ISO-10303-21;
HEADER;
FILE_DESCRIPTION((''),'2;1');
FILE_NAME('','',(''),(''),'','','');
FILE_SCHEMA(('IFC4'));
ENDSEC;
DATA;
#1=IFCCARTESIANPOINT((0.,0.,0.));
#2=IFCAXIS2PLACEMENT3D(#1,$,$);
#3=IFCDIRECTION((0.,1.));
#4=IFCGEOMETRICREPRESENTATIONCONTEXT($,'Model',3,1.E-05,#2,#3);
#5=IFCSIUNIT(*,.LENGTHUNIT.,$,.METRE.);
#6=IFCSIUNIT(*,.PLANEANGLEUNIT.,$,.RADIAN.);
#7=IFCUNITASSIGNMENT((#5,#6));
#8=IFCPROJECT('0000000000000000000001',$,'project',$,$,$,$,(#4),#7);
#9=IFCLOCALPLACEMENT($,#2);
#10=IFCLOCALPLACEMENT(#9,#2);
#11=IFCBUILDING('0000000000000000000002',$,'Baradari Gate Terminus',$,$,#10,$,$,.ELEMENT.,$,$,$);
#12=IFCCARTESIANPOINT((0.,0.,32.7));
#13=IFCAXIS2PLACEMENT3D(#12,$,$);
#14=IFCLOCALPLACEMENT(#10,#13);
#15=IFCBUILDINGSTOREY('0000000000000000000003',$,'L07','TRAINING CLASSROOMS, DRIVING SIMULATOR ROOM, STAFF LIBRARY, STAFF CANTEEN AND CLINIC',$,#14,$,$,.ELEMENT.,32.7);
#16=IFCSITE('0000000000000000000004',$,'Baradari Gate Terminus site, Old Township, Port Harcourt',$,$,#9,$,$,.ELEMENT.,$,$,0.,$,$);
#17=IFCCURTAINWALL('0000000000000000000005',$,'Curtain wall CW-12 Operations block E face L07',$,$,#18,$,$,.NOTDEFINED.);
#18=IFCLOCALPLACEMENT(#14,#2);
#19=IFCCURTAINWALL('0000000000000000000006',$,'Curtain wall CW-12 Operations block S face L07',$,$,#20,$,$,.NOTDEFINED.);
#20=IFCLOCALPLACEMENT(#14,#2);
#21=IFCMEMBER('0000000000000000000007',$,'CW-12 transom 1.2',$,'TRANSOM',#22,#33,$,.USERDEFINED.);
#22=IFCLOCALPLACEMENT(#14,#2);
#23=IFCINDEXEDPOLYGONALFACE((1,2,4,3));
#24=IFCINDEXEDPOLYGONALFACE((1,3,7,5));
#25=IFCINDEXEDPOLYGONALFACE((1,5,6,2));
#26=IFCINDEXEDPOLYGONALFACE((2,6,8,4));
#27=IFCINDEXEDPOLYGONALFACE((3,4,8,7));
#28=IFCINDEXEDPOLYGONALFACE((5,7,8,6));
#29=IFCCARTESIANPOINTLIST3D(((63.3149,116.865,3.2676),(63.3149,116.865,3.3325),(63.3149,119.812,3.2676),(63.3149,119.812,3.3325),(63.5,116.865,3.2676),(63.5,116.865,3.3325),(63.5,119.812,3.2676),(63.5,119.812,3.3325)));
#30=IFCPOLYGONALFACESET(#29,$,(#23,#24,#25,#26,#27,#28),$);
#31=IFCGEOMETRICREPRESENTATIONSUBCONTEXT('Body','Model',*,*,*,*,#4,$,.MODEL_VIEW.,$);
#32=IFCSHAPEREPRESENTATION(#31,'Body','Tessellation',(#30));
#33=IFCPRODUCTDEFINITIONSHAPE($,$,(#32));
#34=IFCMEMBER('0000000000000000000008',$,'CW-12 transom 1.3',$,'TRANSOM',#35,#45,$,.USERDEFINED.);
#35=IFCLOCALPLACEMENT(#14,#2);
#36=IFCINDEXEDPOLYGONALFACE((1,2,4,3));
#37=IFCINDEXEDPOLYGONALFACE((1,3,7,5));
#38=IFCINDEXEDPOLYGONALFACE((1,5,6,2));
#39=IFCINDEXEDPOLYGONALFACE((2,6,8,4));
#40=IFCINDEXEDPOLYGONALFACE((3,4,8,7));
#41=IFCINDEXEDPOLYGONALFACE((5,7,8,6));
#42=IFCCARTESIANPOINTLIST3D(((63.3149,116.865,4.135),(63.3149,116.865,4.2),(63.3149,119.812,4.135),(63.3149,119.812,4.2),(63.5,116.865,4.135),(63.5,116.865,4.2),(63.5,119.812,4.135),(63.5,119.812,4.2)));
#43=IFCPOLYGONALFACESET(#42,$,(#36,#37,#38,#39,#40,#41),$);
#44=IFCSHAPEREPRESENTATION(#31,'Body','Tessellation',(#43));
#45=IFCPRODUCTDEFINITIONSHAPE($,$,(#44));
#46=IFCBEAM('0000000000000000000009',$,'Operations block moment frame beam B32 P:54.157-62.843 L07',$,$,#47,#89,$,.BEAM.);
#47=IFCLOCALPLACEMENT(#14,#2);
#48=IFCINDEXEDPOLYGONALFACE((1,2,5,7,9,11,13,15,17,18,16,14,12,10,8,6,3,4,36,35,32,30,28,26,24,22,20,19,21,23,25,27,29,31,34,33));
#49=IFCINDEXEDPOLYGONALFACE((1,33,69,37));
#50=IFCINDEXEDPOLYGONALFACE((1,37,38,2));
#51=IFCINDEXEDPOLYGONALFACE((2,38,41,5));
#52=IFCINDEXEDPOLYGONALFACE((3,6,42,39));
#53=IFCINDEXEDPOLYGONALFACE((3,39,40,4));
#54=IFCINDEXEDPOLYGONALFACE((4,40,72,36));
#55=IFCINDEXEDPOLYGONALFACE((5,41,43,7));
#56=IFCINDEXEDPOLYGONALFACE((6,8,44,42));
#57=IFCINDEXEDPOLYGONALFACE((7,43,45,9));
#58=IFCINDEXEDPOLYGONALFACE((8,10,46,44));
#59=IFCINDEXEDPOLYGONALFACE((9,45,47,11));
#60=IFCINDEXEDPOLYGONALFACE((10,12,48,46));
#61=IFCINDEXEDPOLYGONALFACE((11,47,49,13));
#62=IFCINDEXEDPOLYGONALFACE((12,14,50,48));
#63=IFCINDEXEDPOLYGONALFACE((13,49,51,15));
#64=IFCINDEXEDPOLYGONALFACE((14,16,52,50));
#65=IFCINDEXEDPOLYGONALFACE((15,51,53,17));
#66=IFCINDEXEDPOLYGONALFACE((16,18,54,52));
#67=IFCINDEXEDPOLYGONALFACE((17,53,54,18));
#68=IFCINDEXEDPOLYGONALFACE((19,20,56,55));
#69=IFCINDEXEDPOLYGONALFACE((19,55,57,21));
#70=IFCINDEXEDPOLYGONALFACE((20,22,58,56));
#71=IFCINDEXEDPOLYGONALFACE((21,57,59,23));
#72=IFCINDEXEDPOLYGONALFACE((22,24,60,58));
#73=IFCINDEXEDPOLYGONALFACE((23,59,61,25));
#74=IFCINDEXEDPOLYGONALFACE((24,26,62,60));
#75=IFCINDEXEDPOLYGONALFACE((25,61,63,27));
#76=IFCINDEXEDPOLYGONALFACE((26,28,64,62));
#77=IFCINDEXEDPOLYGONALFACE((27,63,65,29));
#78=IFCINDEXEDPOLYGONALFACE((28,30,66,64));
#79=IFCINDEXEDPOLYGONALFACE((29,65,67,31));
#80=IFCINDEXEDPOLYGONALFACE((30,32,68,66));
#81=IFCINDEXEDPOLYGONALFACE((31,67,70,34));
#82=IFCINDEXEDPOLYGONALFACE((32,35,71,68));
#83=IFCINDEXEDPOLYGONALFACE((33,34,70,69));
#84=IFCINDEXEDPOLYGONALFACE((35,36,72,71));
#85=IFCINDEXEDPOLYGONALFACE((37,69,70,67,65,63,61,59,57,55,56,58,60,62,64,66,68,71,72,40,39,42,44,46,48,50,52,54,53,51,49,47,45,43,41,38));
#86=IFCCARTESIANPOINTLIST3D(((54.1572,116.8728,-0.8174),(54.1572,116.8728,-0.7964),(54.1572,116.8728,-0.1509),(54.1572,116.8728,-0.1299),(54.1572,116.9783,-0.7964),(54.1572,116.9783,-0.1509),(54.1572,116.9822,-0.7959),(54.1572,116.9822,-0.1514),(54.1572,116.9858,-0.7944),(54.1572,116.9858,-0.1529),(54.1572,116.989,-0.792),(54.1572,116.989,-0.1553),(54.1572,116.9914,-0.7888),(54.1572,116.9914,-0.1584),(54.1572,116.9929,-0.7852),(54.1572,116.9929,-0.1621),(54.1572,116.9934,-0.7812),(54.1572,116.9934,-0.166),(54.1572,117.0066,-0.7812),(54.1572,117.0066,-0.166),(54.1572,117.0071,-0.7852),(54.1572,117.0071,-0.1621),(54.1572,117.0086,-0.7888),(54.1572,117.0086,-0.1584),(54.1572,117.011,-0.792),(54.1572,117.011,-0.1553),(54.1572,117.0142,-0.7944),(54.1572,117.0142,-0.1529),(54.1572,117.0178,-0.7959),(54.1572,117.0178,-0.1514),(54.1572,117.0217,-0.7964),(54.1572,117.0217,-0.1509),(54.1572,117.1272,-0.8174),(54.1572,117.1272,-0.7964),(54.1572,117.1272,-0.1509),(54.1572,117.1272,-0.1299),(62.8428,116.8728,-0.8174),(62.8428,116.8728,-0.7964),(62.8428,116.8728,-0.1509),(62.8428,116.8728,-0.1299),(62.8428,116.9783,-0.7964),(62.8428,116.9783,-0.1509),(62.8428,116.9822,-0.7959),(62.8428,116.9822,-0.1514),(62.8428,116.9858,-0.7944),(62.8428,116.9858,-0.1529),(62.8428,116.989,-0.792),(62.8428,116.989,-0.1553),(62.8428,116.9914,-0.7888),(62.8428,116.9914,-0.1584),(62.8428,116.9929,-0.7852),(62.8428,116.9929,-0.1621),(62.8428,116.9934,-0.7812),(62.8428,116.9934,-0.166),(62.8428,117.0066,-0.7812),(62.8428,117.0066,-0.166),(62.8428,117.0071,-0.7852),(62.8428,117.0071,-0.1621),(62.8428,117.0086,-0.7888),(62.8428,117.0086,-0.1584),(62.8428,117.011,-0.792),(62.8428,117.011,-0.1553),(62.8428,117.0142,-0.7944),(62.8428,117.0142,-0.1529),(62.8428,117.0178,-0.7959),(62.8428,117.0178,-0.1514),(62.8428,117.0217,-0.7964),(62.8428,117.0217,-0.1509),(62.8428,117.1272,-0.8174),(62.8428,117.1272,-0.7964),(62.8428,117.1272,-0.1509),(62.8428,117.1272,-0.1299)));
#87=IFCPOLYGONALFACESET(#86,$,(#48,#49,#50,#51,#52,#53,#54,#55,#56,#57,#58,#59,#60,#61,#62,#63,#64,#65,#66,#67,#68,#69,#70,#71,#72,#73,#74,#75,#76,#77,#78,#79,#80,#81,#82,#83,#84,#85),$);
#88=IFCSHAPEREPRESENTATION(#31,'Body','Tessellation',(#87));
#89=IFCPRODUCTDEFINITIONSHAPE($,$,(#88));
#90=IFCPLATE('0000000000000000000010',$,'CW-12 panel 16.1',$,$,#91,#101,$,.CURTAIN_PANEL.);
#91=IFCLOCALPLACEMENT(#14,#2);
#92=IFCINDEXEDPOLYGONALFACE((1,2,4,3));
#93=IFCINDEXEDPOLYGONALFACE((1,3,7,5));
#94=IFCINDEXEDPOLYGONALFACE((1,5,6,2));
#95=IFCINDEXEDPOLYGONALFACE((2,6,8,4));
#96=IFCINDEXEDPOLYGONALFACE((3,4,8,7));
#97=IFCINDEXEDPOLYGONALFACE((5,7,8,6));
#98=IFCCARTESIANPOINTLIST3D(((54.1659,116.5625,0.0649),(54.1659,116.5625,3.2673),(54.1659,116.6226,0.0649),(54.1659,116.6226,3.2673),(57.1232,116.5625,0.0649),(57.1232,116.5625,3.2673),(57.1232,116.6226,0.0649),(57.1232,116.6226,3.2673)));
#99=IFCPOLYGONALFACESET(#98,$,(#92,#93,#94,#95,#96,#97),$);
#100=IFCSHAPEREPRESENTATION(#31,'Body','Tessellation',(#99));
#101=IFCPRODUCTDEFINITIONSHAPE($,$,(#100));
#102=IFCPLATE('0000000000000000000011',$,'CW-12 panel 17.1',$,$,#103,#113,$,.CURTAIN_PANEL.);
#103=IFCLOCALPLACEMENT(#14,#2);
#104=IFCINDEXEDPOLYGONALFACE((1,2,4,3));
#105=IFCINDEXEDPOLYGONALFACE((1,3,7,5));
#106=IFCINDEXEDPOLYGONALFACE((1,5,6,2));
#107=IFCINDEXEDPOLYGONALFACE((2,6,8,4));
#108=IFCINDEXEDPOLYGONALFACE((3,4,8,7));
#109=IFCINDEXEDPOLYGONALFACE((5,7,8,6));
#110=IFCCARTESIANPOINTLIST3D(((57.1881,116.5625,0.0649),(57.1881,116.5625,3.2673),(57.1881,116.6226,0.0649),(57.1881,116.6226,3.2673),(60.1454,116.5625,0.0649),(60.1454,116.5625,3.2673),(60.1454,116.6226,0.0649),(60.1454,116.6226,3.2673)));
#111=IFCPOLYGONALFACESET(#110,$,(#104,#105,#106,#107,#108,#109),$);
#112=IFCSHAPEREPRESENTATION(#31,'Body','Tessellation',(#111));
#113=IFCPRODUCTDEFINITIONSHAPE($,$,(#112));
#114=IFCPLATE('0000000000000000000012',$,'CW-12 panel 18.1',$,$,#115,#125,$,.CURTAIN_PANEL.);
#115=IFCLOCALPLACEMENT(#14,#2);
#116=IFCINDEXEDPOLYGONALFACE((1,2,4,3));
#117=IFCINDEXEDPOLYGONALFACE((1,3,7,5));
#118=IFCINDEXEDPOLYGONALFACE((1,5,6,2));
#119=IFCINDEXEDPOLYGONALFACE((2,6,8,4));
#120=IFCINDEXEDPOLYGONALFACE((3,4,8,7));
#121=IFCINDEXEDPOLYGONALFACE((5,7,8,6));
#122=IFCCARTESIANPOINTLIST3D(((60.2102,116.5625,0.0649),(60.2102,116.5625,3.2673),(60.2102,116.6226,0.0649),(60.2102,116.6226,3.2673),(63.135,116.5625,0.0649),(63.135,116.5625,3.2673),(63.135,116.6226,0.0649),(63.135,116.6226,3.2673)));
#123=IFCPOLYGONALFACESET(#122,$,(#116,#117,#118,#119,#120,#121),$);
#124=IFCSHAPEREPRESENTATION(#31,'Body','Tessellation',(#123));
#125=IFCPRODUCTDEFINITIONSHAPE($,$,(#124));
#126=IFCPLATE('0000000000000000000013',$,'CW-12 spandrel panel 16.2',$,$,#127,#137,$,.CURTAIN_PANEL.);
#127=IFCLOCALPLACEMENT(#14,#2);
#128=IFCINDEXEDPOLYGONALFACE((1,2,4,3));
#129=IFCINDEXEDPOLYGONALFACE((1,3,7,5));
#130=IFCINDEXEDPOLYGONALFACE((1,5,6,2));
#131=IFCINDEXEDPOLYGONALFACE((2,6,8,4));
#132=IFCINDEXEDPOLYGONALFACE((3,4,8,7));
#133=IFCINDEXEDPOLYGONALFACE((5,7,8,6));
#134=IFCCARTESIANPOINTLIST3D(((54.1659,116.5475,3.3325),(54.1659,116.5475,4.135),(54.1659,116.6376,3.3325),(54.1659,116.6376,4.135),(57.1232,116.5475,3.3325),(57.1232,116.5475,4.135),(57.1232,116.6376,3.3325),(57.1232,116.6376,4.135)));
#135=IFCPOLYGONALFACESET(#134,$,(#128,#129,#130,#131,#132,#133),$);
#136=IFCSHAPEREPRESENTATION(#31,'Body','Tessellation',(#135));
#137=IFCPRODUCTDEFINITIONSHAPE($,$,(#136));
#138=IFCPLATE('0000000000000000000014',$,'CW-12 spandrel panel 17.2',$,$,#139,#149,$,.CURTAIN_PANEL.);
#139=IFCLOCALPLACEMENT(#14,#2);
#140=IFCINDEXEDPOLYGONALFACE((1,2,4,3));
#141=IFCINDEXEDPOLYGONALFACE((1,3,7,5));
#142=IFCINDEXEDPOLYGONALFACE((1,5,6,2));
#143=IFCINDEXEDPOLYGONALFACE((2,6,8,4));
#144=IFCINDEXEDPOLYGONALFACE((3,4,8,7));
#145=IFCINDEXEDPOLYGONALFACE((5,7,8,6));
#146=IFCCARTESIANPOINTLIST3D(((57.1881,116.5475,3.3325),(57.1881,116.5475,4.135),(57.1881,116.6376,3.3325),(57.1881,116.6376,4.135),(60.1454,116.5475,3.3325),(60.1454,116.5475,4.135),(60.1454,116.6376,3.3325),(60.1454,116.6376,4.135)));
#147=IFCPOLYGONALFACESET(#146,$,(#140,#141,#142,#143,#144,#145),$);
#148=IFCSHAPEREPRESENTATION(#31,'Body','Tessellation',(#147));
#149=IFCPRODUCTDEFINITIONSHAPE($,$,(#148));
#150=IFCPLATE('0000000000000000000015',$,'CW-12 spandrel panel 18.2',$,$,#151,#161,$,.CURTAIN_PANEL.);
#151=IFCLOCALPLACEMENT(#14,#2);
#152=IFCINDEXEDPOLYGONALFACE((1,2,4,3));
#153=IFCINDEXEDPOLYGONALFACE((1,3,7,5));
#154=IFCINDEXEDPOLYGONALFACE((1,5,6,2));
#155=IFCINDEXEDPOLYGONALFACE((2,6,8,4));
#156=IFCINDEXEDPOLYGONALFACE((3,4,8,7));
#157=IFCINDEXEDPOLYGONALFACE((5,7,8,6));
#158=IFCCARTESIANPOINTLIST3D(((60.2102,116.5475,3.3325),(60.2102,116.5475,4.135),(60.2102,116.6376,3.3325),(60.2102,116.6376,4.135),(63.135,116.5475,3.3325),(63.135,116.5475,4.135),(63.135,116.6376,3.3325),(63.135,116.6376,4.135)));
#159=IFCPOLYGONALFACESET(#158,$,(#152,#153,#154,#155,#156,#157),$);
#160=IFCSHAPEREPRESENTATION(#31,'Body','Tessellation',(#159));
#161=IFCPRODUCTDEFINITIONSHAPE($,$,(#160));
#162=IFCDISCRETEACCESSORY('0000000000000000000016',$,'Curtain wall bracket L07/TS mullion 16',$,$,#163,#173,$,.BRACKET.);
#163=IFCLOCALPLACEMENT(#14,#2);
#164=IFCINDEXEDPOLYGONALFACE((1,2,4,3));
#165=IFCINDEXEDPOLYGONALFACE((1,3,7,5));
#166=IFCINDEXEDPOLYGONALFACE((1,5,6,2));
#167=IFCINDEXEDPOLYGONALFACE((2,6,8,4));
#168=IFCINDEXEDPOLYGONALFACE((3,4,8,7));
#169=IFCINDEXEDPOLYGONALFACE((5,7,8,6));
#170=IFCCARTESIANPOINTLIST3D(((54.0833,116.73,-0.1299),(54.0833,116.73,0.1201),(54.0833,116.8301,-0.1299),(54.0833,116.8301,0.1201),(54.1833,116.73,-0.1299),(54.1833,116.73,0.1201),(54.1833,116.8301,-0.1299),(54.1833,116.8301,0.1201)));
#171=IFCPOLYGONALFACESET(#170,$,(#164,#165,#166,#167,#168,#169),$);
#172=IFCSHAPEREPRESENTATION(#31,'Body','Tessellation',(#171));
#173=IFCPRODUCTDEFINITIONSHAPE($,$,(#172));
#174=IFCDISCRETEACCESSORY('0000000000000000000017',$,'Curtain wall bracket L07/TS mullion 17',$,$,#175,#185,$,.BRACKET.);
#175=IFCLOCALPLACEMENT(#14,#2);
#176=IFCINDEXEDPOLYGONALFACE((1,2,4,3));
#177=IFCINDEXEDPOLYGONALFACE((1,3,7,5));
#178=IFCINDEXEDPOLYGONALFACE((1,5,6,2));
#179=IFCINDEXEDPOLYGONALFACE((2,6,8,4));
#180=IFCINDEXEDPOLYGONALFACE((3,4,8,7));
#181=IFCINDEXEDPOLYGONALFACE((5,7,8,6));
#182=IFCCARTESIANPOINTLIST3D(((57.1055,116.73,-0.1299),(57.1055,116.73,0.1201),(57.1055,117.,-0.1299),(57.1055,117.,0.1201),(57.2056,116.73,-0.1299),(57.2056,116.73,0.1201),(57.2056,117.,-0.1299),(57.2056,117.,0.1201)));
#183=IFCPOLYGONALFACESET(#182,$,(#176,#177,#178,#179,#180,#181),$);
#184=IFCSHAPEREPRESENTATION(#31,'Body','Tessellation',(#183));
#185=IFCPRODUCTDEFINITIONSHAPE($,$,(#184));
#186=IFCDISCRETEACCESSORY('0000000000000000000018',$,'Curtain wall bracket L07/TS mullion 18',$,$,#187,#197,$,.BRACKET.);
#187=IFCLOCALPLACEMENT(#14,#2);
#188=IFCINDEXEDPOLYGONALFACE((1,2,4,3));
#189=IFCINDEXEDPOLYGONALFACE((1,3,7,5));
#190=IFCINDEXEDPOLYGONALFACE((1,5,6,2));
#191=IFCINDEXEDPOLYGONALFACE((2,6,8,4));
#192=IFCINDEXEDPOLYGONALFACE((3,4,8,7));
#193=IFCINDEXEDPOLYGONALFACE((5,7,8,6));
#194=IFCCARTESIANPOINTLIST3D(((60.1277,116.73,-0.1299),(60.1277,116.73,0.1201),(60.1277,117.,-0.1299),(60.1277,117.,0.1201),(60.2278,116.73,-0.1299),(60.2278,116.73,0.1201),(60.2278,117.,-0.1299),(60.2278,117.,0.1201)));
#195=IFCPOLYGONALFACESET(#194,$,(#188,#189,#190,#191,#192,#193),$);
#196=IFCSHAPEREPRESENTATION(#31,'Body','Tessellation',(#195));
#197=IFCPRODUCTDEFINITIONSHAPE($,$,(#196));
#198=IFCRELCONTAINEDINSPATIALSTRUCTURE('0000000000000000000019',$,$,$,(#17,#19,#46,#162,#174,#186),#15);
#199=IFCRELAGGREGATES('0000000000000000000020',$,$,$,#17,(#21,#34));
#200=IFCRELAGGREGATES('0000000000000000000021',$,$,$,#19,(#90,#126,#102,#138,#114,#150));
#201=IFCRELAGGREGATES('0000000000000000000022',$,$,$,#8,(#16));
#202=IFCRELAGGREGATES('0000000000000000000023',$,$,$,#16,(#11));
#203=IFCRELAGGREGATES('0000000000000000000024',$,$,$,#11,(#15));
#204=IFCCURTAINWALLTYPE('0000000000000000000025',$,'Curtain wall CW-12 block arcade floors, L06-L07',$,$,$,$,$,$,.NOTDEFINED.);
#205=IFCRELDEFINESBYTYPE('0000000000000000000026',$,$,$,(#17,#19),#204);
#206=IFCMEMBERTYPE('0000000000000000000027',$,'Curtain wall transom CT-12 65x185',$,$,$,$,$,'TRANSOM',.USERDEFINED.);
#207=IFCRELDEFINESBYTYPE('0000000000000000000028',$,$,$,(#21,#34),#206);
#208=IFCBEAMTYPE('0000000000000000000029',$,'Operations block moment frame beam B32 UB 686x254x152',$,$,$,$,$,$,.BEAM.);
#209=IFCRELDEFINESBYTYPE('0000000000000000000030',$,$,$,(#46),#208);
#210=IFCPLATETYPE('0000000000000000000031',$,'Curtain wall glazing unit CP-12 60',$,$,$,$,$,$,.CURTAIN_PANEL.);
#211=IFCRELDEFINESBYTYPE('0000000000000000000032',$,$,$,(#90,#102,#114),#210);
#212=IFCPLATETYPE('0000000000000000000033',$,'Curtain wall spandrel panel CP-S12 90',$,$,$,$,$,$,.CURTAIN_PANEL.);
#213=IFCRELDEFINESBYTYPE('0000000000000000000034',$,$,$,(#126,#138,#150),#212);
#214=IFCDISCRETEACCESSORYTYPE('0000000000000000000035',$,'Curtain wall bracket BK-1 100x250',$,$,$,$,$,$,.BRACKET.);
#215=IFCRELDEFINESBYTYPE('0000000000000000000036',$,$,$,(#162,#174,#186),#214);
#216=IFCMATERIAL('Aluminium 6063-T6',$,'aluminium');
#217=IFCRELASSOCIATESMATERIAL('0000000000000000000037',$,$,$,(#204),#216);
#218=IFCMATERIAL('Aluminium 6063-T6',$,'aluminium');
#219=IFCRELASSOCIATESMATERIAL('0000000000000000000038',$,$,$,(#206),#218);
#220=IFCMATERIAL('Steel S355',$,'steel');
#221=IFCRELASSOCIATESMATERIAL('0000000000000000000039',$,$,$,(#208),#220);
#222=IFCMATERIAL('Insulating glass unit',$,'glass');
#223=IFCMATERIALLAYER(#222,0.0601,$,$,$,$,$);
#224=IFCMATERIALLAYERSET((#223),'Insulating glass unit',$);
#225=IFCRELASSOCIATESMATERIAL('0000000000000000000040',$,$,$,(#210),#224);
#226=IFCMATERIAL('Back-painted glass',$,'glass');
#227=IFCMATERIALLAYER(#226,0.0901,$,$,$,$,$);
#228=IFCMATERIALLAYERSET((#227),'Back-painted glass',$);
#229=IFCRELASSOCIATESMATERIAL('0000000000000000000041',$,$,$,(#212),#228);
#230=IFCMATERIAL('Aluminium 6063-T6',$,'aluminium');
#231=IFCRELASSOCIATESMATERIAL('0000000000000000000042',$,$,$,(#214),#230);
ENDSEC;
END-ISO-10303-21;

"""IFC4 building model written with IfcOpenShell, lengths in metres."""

from ifc_helpers import new_model, si_unit, direction, frame, origin, origin_2d, place, context, subcontext, project, spatial, rectangle, i_section, extrude, material, layer, layer_set, material_profile, profile_set, type_object, element, aggregate, save


model = new_model("IFC4")

# Units and contexts
model_context = context("Model", 3, precision=1e-05, world=origin(), true_north=direction((0.0, 1.0)))
body_context = subcontext(model_context, "Body", "Model", "MODEL_VIEW")
ifc_project = project(units=[si_unit("LENGTHUNIT", "METRE"), si_unit("PLANEANGLEUNIT", "RADIAN")], contexts=[model_context])

# Site, building, storey
site_placement = place(None, origin())
site = spatial("IfcSite", under=ifc_project, at=site_placement, Name="Baradari Gate Terminus site, Old Township, Port Harcourt", CompositionType="ELEMENT", RefElevation=0.0)
building_placement = place(site_placement, origin())
building = spatial("IfcBuilding", under=site, at=building_placement, Name="Baradari Gate Terminus", CompositionType="ELEMENT")
storey_placement = place(building_placement, frame((0.0, 0.0, 32.7)))
storey = spatial("IfcBuildingStorey", under=building, at=storey_placement, Name="L07", Description="TRAINING CLASSROOMS, DRIVING SIMULATOR ROOM, STAFF LIBRARY, STAFF CANTEEN AND CLINIC", CompositionType="ELEMENT", Elevation=32.7)

# Curtain wall
ifc_material_1 = material(Name="Aluminium 6063-T6", Category="aluminium")
curtain_wall_type = type_object("IfcCurtainWallType", Name="Curtain wall CW-12 block arcade floors, L06-L07", PredefinedType="NOTDEFINED", material=ifc_material_1)
curtain_wall_1_placement = place(storey_placement, origin())
curtain_wall_1 = element("IfcCurtainWall", 1, at=curtain_wall_1_placement, inside=storey, type_object=curtain_wall_type, Name="Curtain wall CW-12 Operations block E face L07", PredefinedType="NOTDEFINED")

# Curtain wall
curtain_wall_2_placement = place(storey_placement, origin())
curtain_wall_2 = element("IfcCurtainWall", 2, at=curtain_wall_2_placement, inside=storey, type_object=curtain_wall_type, Name="Curtain wall CW-12 Operations block S face L07", PredefinedType="NOTDEFINED")
ifc_material_2 = material(Name="Aluminium 6063-T6", Category="aluminium")
ifc_material_profile_1 = material_profile(ifc_material_2, rectangle(XDim=0.1851, YDim=0.0649, at=origin_2d()), Name="CT-12 65X185")
ifc_profile_set_1 = profile_set([ifc_material_profile_1], Name="Aluminium 6063-T6")
member_type_1 = type_object("IfcMemberType", Name="Curtain wall transom CT-12 65x185", ElementType="TRANSOM", PredefinedType="USERDEFINED", material=ifc_profile_set_1)

# Members
member_1_placement = place(storey_placement, frame((63.4075, 116.865, 3.3), z_axis=(0.0, 1.0, 0.0), x_axis=(-1.0, 0.0, 0.0)))
member_1 = element("IfcMember", 3, at=member_1_placement, type_object=member_type_1, Name="CW-12 transom 1.2", ObjectType="TRANSOM", PredefinedType="USERDEFINED", context=body_context, shape_type="SweptSolid", body=[
    extrude(rectangle(XDim=0.1851, YDim=0.0649, at=origin_2d()), origin(), (0.0, 0.0, 1.0), 2.947),
])
member_2_placement = place(storey_placement, frame((63.4075, 116.865, 4.1675), z_axis=(0.0, 1.0, 0.0), x_axis=(-1.0, 0.0, 0.0)))
member_2 = element("IfcMember", 4, at=member_2_placement, type_object=member_type_1, Name="CW-12 transom 1.3", ObjectType="TRANSOM", PredefinedType="USERDEFINED", context=body_context, shape_type="SweptSolid", body=[
    extrude(rectangle(XDim=0.1851, YDim=0.0649, at=origin_2d()), origin(), (0.0, 0.0, 1.0), 2.947),
])
aggregate(curtain_wall_1, [member_1, member_2])

# Beam
ifc_material_3 = material(Name="Steel S355", Category="steel")
ifc_material_profile_2 = material_profile(ifc_material_3, i_section(OverallWidth=0.2544, OverallDepth=0.6875, WebThickness=0.0132, FlangeThickness=0.021, FilletRadius=0.0151, at=origin_2d()), Name="UB 686x254x152")
ifc_profile_set_2 = profile_set([ifc_material_profile_2], Name="Steel S355")
beam_type = type_object("IfcBeamType", Name="Operations block moment frame beam B32 UB 686x254x152", PredefinedType="BEAM", material=ifc_profile_set_2)
beam_placement = place(storey_placement, frame((54.1572, 117.0, -0.4736), z_axis=(1.0, 0.0, 0.0), x_axis=(0.0, 1.0, 0.0)))
element("IfcBeam", 5, at=beam_placement, inside=storey, type_object=beam_type, Name="Operations block moment frame beam B32 P:54.157-62.843 L07", PredefinedType="BEAM", context=body_context, shape_type="SweptSolid", body=[
    extrude(i_section(OverallWidth=0.2544, OverallDepth=0.6875, WebThickness=0.0132, FlangeThickness=0.021, FilletRadius=0.0151, at=origin_2d()), origin(), (0.0, 0.0, 1.0), 8.6855),
])

# Plates
ifc_material_4 = material(Name="Insulating glass unit", Category="glass")
ifc_layer_1 = layer(ifc_material_4, 0.0601)
ifc_layer_set_1 = layer_set([ifc_layer_1], Name="Insulating glass unit")
plate_type_1 = type_object("IfcPlateType", Name="Curtain wall glazing unit CP-12 60", PredefinedType="CURTAIN_PANEL", material=ifc_layer_set_1)
plate_1_placement = place(storey_placement, frame((55.6445, 116.5925, 0.0649), z_axis=(0.0, 0.0, 1.0), x_axis=(1.0, 0.0, 0.0)))
plate_1 = element("IfcPlate", 6, at=plate_1_placement, type_object=plate_type_1, Name="CW-12 panel 16.1", PredefinedType="CURTAIN_PANEL", context=body_context, shape_type="SweptSolid", body=[
    extrude(rectangle(XDim=2.9573, YDim=0.0601, at=origin_2d()), origin(), (0.0, 0.0, 1.0), 3.2024),
])
plate_2_placement = place(storey_placement, frame((58.6667, 116.5925, 0.0649), z_axis=(0.0, 0.0, 1.0), x_axis=(1.0, 0.0, 0.0)))
plate_2 = element("IfcPlate", 7, at=plate_2_placement, type_object=plate_type_1, Name="CW-12 panel 17.1", PredefinedType="CURTAIN_PANEL", context=body_context, shape_type="SweptSolid", body=[
    extrude(rectangle(XDim=2.9573, YDim=0.0601, at=origin_2d()), origin(), (0.0, 0.0, 1.0), 3.2024),
])
plate_3_placement = place(storey_placement, frame((61.6726, 116.5925, 0.0649), z_axis=(0.0, 0.0, 1.0), x_axis=(1.0, 0.0, 0.0)))
plate_3 = element("IfcPlate", 8, at=plate_3_placement, type_object=plate_type_1, Name="CW-12 panel 18.1", PredefinedType="CURTAIN_PANEL", context=body_context, shape_type="SweptSolid", body=[
    extrude(rectangle(XDim=2.9248, YDim=0.0601, at=origin_2d()), origin(), (0.0, 0.0, 1.0), 3.2024),
])
ifc_material_5 = material(Name="Back-painted glass", Category="glass")
ifc_layer_2 = layer(ifc_material_5, 0.0901)
ifc_layer_set_2 = layer_set([ifc_layer_2], Name="Back-painted glass")
plate_type_2 = type_object("IfcPlateType", Name="Curtain wall spandrel panel CP-S12 90", PredefinedType="CURTAIN_PANEL", material=ifc_layer_set_2)
plate_4_placement = place(storey_placement, frame((55.6445, 116.5925, 3.3325), z_axis=(0.0, 0.0, 1.0), x_axis=(1.0, 0.0, 0.0)))
plate_4 = element("IfcPlate", 9, at=plate_4_placement, type_object=plate_type_2, Name="CW-12 spandrel panel 16.2", PredefinedType="CURTAIN_PANEL", context=body_context, shape_type="SweptSolid", body=[
    extrude(rectangle(XDim=2.9573, YDim=0.0901, at=origin_2d()), origin(), (0.0, 0.0, 1.0), 0.8025),
])
plate_5_placement = place(storey_placement, frame((58.6667, 116.5925, 3.3325), z_axis=(0.0, 0.0, 1.0), x_axis=(1.0, 0.0, 0.0)))
plate_5 = element("IfcPlate", 10, at=plate_5_placement, type_object=plate_type_2, Name="CW-12 spandrel panel 17.2", PredefinedType="CURTAIN_PANEL", context=body_context, shape_type="SweptSolid", body=[
    extrude(rectangle(XDim=2.9573, YDim=0.0901, at=origin_2d()), origin(), (0.0, 0.0, 1.0), 0.8025),
])
plate_6_placement = place(storey_placement, frame((61.6726, 116.5925, 3.3325), z_axis=(0.0, 0.0, 1.0), x_axis=(1.0, 0.0, 0.0)))
plate_6 = element("IfcPlate", 11, at=plate_6_placement, type_object=plate_type_2, Name="CW-12 spandrel panel 18.2", PredefinedType="CURTAIN_PANEL", context=body_context, shape_type="SweptSolid", body=[
    extrude(rectangle(XDim=2.9248, YDim=0.0901, at=origin_2d()), origin(), (0.0, 0.0, 1.0), 0.8025),
])
aggregate(curtain_wall_2, [plate_1, plate_4, plate_2, plate_5, plate_3, plate_6])

# Discrete accessories
ifc_material_6 = material(Name="Aluminium 6063-T6", Category="aluminium")
discrete_accessory_type = type_object("IfcDiscreteAccessoryType", Name="Curtain wall bracket BK-1 100x250", PredefinedType="BRACKET", material=ifc_material_6)
discrete_accessory_placement = place(storey_placement, frame((54.1333, 116.78, -0.1299), z_axis=(0.0, 0.0, 1.0), x_axis=(0.0, -1.0, 0.0)))
element("IfcDiscreteAccessory", 12, at=discrete_accessory_placement, inside=storey, type_object=discrete_accessory_type, Name="Curtain wall bracket L07/TS mullion 16", PredefinedType="BRACKET", context=body_context, shape_type="SweptSolid", body=[
    extrude(rectangle(XDim=0.1001, YDim=0.1001, at=origin_2d()), origin(), (0.0, 0.0, 1.0), 0.25),
])
for number, where, z_axis, x_axis, name in (
    (13, (57.1555, 116.865, -0.1299), (0.0, 0.0, 1.0), (0.0, -1.0, 0.0), "Curtain wall bracket L07/TS mullion 17"),
    (14, (60.1777, 116.865, -0.1299), (0.0, 0.0, 1.0), (0.0, -1.0, 0.0), "Curtain wall bracket L07/TS mullion 18"),
):
    element("IfcDiscreteAccessory", number, at=place(storey_placement, frame(where, z_axis=z_axis, x_axis=x_axis)), inside=storey, type_object=discrete_accessory_type, Name=name, PredefinedType="BRACKET", context=body_context, shape_type="SweptSolid", body=[
        extrude(rectangle(XDim=0.27, YDim=0.1001, at=origin_2d()), origin(), (0.0, 0.0, 1.0), 0.25),
    ])

save(model, "model.ifc")
